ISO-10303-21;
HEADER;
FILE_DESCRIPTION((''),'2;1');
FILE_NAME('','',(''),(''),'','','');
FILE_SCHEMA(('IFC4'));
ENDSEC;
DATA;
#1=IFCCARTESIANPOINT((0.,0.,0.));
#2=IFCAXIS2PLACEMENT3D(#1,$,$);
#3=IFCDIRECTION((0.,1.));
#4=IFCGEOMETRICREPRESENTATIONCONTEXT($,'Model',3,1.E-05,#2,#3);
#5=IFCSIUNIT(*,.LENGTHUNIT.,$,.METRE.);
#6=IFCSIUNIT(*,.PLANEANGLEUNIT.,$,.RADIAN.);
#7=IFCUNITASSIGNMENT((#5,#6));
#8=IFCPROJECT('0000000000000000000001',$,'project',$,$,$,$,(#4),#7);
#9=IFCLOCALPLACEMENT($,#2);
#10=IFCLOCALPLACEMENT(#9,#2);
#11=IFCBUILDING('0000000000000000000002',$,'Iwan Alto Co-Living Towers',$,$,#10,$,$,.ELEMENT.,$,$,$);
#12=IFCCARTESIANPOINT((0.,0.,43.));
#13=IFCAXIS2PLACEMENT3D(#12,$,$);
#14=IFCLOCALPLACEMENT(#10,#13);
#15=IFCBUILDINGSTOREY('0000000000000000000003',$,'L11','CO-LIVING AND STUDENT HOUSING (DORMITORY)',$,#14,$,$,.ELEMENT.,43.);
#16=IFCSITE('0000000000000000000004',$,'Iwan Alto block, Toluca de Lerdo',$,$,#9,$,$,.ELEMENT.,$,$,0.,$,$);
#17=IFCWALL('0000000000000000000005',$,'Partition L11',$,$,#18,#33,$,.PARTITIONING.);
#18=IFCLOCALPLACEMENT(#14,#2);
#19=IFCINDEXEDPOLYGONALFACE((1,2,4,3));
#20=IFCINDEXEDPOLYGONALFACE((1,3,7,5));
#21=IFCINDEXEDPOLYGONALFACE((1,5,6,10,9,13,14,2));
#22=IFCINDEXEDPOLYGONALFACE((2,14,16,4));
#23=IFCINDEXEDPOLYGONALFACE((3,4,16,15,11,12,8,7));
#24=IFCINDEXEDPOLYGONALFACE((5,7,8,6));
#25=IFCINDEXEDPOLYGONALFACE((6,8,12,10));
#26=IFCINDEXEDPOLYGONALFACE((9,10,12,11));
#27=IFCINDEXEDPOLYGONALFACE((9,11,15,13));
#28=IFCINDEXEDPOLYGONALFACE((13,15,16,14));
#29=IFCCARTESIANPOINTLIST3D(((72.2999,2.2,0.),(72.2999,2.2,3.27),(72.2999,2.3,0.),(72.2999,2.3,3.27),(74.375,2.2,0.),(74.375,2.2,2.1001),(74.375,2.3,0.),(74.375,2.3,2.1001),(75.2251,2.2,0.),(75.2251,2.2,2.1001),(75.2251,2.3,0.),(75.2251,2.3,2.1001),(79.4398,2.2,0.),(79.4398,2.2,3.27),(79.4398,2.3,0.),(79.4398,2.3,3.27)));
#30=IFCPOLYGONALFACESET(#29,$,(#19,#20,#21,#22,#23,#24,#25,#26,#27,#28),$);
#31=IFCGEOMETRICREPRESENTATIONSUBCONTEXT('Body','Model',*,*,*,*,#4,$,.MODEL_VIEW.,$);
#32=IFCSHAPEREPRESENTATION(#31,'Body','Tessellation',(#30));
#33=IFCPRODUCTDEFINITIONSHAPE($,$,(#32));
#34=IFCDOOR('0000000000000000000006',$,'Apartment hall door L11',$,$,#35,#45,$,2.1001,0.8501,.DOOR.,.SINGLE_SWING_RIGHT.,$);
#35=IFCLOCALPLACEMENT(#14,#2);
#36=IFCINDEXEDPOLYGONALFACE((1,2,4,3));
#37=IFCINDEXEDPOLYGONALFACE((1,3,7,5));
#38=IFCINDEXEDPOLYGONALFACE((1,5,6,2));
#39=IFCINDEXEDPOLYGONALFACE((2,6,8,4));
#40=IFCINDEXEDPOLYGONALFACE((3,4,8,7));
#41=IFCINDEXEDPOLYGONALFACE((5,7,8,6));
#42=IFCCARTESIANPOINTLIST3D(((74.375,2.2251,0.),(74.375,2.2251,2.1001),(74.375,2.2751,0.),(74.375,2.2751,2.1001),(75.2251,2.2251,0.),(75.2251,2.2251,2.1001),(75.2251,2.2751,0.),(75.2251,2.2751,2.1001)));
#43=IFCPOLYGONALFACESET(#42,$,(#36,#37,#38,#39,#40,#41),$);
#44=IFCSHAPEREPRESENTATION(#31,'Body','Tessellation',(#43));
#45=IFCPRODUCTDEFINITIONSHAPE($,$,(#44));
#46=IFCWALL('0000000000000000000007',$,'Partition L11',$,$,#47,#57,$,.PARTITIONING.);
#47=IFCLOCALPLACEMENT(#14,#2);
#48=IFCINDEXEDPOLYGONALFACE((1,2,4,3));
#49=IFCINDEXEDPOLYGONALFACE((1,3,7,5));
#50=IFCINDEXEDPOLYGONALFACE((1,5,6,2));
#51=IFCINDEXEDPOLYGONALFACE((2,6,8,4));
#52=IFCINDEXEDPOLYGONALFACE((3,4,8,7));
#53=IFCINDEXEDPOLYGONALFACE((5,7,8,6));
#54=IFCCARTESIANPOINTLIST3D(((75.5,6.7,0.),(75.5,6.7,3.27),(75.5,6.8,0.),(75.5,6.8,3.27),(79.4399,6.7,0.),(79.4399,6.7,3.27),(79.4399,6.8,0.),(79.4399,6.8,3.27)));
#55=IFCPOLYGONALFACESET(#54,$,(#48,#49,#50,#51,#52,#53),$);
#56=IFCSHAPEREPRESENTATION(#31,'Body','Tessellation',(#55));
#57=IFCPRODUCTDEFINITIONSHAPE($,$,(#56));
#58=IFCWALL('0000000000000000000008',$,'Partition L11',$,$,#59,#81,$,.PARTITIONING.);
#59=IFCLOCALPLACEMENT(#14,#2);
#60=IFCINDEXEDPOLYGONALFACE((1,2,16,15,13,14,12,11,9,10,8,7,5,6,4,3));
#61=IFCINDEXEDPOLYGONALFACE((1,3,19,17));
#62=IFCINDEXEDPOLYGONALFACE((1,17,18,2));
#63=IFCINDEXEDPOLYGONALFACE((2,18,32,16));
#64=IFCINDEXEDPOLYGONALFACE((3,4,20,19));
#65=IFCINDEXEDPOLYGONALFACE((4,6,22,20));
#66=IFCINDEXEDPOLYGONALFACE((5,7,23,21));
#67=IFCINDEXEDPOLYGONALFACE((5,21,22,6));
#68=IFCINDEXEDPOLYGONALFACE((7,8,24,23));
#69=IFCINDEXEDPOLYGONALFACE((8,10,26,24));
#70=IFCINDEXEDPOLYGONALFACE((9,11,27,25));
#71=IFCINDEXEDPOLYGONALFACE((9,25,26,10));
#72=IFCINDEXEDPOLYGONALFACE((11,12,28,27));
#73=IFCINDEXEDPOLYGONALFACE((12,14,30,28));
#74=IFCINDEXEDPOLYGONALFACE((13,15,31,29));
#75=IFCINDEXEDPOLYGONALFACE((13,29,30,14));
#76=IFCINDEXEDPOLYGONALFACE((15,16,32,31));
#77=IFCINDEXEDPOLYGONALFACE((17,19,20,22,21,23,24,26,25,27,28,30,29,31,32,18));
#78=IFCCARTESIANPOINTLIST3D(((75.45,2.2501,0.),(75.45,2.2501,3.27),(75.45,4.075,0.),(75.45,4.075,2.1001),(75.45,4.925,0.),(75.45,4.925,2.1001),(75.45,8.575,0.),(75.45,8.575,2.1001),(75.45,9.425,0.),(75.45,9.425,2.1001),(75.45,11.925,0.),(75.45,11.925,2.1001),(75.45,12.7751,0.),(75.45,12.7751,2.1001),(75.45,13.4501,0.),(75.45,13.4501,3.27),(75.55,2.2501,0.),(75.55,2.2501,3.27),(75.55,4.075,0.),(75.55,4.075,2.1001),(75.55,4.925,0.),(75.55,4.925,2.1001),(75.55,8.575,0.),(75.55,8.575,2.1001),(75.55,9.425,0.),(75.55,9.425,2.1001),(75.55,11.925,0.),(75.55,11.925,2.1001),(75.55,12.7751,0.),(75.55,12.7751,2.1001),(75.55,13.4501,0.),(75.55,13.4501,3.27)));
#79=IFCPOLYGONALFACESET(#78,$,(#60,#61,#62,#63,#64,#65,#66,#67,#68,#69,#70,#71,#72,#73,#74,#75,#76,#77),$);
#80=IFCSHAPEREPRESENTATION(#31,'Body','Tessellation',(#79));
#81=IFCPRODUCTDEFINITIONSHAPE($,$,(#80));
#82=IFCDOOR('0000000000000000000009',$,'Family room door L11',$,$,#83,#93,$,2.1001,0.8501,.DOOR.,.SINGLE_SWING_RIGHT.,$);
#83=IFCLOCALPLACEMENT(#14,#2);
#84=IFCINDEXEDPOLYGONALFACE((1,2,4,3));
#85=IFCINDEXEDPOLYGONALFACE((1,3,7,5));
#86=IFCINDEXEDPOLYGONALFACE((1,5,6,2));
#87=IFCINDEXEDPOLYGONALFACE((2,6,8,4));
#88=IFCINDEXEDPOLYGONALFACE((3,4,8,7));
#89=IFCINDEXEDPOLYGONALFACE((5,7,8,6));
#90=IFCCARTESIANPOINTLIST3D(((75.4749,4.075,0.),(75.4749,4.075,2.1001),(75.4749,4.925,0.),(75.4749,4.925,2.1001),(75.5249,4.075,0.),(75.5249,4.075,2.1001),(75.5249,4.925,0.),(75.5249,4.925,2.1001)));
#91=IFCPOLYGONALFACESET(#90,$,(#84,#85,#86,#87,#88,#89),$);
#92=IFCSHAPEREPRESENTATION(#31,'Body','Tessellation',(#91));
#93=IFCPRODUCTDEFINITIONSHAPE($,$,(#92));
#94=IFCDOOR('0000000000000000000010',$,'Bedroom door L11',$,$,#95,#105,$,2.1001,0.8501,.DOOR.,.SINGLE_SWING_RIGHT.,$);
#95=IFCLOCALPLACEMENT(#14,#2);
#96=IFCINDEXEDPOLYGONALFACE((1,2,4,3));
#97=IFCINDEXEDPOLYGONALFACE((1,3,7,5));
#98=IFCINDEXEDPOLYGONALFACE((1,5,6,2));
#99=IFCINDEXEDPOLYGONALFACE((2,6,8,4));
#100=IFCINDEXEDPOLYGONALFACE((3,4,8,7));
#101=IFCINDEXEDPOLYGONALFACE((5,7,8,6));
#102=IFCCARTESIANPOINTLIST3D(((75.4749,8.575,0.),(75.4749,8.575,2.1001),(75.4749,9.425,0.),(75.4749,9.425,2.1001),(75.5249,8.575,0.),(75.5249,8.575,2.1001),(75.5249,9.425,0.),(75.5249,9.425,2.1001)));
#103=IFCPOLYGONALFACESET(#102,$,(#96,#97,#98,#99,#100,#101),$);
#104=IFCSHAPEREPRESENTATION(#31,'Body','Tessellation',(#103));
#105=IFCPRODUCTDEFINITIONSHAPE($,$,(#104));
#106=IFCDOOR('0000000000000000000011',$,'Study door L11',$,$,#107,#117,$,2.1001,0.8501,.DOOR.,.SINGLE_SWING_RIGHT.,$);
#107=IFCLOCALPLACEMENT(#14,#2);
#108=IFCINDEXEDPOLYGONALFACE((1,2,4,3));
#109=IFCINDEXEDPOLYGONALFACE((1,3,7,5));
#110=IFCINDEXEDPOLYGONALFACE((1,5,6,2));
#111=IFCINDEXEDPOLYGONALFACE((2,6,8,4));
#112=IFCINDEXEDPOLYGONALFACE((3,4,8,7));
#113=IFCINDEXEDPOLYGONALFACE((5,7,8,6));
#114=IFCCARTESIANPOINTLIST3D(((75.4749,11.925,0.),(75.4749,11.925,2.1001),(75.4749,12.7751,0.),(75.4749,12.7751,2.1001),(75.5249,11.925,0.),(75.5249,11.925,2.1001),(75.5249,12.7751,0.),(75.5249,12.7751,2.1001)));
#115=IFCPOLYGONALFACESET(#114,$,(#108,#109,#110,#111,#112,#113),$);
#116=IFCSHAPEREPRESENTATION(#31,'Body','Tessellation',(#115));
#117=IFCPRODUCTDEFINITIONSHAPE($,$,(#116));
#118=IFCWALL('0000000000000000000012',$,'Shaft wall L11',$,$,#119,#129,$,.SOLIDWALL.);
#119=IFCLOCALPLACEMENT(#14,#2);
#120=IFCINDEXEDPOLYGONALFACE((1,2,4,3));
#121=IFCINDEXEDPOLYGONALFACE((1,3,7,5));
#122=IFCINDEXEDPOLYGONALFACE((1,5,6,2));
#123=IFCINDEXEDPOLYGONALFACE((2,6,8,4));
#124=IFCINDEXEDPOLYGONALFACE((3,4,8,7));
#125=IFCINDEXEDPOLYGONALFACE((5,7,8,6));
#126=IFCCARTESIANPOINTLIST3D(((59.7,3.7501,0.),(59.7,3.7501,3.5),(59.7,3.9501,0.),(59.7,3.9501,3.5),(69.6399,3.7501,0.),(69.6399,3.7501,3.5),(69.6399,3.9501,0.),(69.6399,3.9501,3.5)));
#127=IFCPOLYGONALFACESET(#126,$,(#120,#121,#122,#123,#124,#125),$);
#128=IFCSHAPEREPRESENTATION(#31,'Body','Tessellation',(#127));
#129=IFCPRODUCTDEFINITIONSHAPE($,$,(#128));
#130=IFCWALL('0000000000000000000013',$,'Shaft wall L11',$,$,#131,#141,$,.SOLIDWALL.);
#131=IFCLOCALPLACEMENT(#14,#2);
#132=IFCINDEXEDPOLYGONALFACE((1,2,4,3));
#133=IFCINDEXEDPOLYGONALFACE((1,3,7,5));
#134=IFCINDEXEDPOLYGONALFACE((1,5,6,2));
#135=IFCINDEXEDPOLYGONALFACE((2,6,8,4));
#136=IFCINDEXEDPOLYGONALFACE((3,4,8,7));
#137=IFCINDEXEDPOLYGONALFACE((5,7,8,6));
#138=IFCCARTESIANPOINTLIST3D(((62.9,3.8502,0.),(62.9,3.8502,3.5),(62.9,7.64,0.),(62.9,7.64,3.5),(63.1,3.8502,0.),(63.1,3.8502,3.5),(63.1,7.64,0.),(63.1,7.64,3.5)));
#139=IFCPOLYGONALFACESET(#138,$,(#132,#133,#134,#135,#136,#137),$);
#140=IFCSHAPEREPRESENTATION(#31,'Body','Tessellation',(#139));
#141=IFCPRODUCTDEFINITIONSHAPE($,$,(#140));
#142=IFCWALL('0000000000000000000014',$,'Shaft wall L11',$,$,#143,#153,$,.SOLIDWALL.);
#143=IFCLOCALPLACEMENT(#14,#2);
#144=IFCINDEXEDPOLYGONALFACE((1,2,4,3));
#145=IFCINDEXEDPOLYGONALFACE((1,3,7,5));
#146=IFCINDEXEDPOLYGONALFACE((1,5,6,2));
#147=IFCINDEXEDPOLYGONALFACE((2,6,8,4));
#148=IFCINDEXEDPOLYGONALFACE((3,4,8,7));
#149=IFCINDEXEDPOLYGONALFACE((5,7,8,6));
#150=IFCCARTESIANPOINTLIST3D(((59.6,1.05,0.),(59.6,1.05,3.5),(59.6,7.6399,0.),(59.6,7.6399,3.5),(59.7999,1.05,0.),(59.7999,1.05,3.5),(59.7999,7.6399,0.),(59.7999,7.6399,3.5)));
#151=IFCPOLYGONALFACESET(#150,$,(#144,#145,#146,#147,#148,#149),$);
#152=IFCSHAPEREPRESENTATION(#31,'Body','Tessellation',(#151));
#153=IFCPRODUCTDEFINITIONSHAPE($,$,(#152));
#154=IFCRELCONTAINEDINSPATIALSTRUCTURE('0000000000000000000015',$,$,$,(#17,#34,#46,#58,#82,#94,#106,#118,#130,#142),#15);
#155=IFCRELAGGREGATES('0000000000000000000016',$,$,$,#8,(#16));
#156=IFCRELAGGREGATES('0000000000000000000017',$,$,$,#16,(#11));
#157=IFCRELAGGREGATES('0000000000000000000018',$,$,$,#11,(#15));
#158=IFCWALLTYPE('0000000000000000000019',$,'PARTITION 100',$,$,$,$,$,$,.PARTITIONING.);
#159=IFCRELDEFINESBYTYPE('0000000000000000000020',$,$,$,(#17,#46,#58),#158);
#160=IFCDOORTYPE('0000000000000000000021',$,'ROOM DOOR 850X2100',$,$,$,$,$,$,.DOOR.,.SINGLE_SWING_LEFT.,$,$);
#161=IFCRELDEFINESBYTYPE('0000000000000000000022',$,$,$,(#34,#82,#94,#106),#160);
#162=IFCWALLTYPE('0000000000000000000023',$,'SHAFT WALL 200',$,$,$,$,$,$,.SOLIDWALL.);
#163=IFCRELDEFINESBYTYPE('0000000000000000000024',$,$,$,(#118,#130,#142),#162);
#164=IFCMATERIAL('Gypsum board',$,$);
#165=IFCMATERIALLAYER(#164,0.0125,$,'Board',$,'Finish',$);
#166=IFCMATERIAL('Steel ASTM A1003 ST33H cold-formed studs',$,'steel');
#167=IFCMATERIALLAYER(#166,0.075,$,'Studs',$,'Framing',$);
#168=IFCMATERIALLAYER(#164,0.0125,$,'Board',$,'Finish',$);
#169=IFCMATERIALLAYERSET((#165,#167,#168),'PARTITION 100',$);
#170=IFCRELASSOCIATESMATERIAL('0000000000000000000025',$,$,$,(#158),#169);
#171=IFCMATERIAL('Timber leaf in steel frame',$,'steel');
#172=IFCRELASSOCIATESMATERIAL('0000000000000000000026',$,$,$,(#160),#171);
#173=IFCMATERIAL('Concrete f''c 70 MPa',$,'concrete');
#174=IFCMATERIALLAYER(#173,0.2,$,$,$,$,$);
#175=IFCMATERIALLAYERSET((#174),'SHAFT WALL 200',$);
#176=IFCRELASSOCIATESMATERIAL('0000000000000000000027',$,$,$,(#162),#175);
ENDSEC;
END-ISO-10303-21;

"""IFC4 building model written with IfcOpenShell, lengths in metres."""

from ifc_helpers import new_model, si_unit, direction, frame, frame_2d, origin, place, context, subcontext, project, spatial, rectangle, extrude, material, layer, layer_set, type_object, element, fill, save


model = new_model("IFC4")

# Units and contexts
model_context = context("Model", 3, precision=1e-05, world=origin(), true_north=direction((0.0, 1.0)))
body_context = subcontext(model_context, "Body", "Model", "MODEL_VIEW")
ifc_project = project(units=[si_unit("LENGTHUNIT", "METRE"), si_unit("PLANEANGLEUNIT", "RADIAN")], contexts=[model_context])

# Site, building, storey
site_placement = place(None, origin())
site = spatial("IfcSite", under=ifc_project, at=site_placement, Name="Iwan Alto block, Toluca de Lerdo", CompositionType="ELEMENT", RefElevation=0.0)
building_placement = place(site_placement, origin())
building = spatial("IfcBuilding", under=site, at=building_placement, Name="Iwan Alto Co-Living Towers", CompositionType="ELEMENT")
storey_placement = place(building_placement, frame((0.0, 0.0, 43.0)))
storey = spatial("IfcBuildingStorey", under=building, at=storey_placement, Name="L11", Description="CO-LIVING AND STUDENT HOUSING (DORMITORY)", CompositionType="ELEMENT", Elevation=43.0)

# Wall, opening, door
ifc_material_1 = material(Name="Gypsum board")
ifc_layer_1 = layer(ifc_material_1, 0.0125, Name="Board", Category="Finish")
ifc_material_2 = material(Name="Steel ASTM A1003 ST33H cold-formed studs", Category="steel")
ifc_layer_2 = layer(ifc_material_2, 0.075, Name="Studs", Category="Framing")
ifc_layer_3 = layer(ifc_material_1, 0.0125, Name="Board", Category="Finish")
ifc_layer_set_1 = layer_set([ifc_layer_1, ifc_layer_2, ifc_layer_3], Name="PARTITION 100")
wall_type_1 = type_object("IfcWallType", Name="PARTITION 100", PredefinedType="PARTITIONING", material=ifc_layer_set_1)
wall_1_placement = place(storey_placement, frame((72.3, 2.25, 0.0), z_axis=(0.0, 0.0, 1.0), x_axis=(1.0, 0.0, 0.0)))
wall_1 = element("IfcWall", 1, at=wall_1_placement, inside=storey, type_object=wall_type_1, Name="Partition L11", PredefinedType="PARTITIONING", context=body_context, shape_type="SweptSolid", body=[
    extrude(rectangle(XDim=7.1399, YDim=0.1001, at=frame_2d((3.5698, 0.0))), origin(), (0.0, 0.0, 1.0), 3.27),
])
opening_1_placement = place(wall_1_placement, frame((2.075, 0.0, 0.0)))
opening_1 = element("IfcOpeningElement", 2, at=opening_1_placement, cuts=wall_1, PredefinedType="OPENING", context=body_context, shape_type="SweptSolid", body=[
    extrude(rectangle(XDim=0.8501, YDim=2.1001, at=frame_2d((0.425, 1.05))), frame((0.0, 0.0601, 0.0), z_axis=(0.0, -1.0, 0.0), x_axis=(1.0, 0.0, 0.0)), (0.0, 0.0, 1.0), 0.1201),
])
ifc_material_3 = material(Name="Timber leaf in steel frame", Category="steel")
door_type_1 = type_object("IfcDoorType", Name="ROOM DOOR 850X2100", OperationType="SINGLE_SWING_LEFT", PredefinedType="DOOR", material=ifc_material_3)
door_1_placement = place(opening_1_placement, frame((0.8501, 0.0, 0.0), z_axis=(0.0, 0.0, 1.0), x_axis=(-1.0, 0.0, 0.0)))
door_1 = element("IfcDoor", 3, at=door_1_placement, inside=storey, type_object=door_type_1, Name="Apartment hall door L11", OperationType="SINGLE_SWING_RIGHT", OverallHeight=2.1001, OverallWidth=0.8501, PredefinedType="DOOR", context=body_context, shape_type="SweptSolid", body=[
    extrude(rectangle(XDim=0.8501, YDim=2.1001, at=frame_2d((0.425, 1.05))), frame((0.0, 0.0249, 0.0), z_axis=(0.0, -1.0, 0.0), x_axis=(1.0, 0.0, 0.0)), (0.0, 0.0, 1.0), 0.05),
])
fill(opening_1, door_1)

# Wall
wall_2_placement = place(storey_placement, frame((75.5, 6.75, 0.0), z_axis=(0.0, 0.0, 1.0), x_axis=(1.0, 0.0, 0.0)))
element("IfcWall", 4, at=wall_2_placement, inside=storey, type_object=wall_type_1, Name="Partition L11", PredefinedType="PARTITIONING", context=body_context, shape_type="SweptSolid", body=[
    extrude(rectangle(XDim=3.9399, YDim=0.1001, at=frame_2d((1.97, 0.0))), origin(), (0.0, 0.0, 1.0), 3.27),
])

# Wall, openings, doors
wall_3_placement = place(storey_placement, frame((75.5, 2.25, 0.0), z_axis=(0.0, 0.0, 1.0), x_axis=(0.0, 1.0, 0.0)))
wall_3 = element("IfcWall", 5, at=wall_3_placement, inside=storey, type_object=wall_type_1, Name="Partition L11", PredefinedType="PARTITIONING", context=body_context, shape_type="SweptSolid", body=[
    extrude(rectangle(XDim=11.2, YDim=0.1001, at=frame_2d((5.6001, 0.0))), origin(), (0.0, 0.0, 1.0), 3.27),
])
opening_2_placement = place(wall_3_placement, frame((1.825, 0.0, 0.0)))
opening_2 = element("IfcOpeningElement", 6, at=opening_2_placement, cuts=wall_3, PredefinedType="OPENING", context=body_context, shape_type="SweptSolid", body=[
    extrude(rectangle(XDim=0.8501, YDim=2.1001, at=frame_2d((0.425, 1.05))), frame((0.0, 0.0601, 0.0), z_axis=(0.0, -1.0, 0.0), x_axis=(1.0, 0.0, 0.0)), (0.0, 0.0, 1.0), 0.1201),
])
opening_3_placement = place(wall_3_placement, frame((6.325, 0.0, 0.0)))
opening_3 = element("IfcOpeningElement", 7, at=opening_3_placement, cuts=wall_3, PredefinedType="OPENING", context=body_context, shape_type="SweptSolid", body=[
    extrude(rectangle(XDim=0.8501, YDim=2.1001, at=frame_2d((0.425, 1.05))), frame((0.0, 0.0601, 0.0), z_axis=(0.0, -1.0, 0.0), x_axis=(1.0, 0.0, 0.0)), (0.0, 0.0, 1.0), 0.1201),
])
opening_4_placement = place(wall_3_placement, frame((9.675, 0.0, 0.0)))
opening_4 = element("IfcOpeningElement", 8, at=opening_4_placement, cuts=wall_3, PredefinedType="OPENING", context=body_context, shape_type="SweptSolid", body=[
    extrude(rectangle(XDim=0.8501, YDim=2.1001, at=frame_2d((0.425, 1.05))), frame((0.0, 0.0601, 0.0), z_axis=(0.0, -1.0, 0.0), x_axis=(1.0, 0.0, 0.0)), (0.0, 0.0, 1.0), 0.1201),
])
door_2_placement = place(opening_2_placement, frame((0.8501, 0.0, 0.0), z_axis=(0.0, 0.0, 1.0), x_axis=(-1.0, 0.0, 0.0)))
door_2 = element("IfcDoor", 9, at=door_2_placement, inside=storey, type_object=door_type_1, Name="Family room door L11", OperationType="SINGLE_SWING_RIGHT", OverallHeight=2.1001, OverallWidth=0.8501, PredefinedType="DOOR", context=body_context, shape_type="SweptSolid", body=[
    extrude(rectangle(XDim=0.8501, YDim=2.1001, at=frame_2d((0.425, 1.05))), frame((0.0, 0.0249, 0.0), z_axis=(0.0, -1.0, 0.0), x_axis=(1.0, 0.0, 0.0)), (0.0, 0.0, 1.0), 0.05),
])
fill(opening_2, door_2)
door_3_placement = place(opening_3_placement, frame((0.8501, 0.0, 0.0), z_axis=(0.0, 0.0, 1.0), x_axis=(-1.0, 0.0, 0.0)))
door_3 = element("IfcDoor", 10, at=door_3_placement, inside=storey, type_object=door_type_1, Name="Bedroom door L11", OperationType="SINGLE_SWING_RIGHT", OverallHeight=2.1001, OverallWidth=0.8501, PredefinedType="DOOR", context=body_context, shape_type="SweptSolid", body=[
    extrude(rectangle(XDim=0.8501, YDim=2.1001, at=frame_2d((0.425, 1.05))), frame((0.0, 0.0249, 0.0), z_axis=(0.0, -1.0, 0.0), x_axis=(1.0, 0.0, 0.0)), (0.0, 0.0, 1.0), 0.05),
])
fill(opening_3, door_3)
door_4_placement = place(opening_4_placement, frame((0.8501, 0.0, 0.0), z_axis=(0.0, 0.0, 1.0), x_axis=(-1.0, 0.0, 0.0)))
door_4 = element("IfcDoor", 11, at=door_4_placement, inside=storey, type_object=door_type_1, Name="Study door L11", OperationType="SINGLE_SWING_RIGHT", OverallHeight=2.1001, OverallWidth=0.8501, PredefinedType="DOOR", context=body_context, shape_type="SweptSolid", body=[
    extrude(rectangle(XDim=0.8501, YDim=2.1001, at=frame_2d((0.425, 1.05))), frame((0.0, 0.0249, 0.0), z_axis=(0.0, -1.0, 0.0), x_axis=(1.0, 0.0, 0.0)), (0.0, 0.0, 1.0), 0.05),
])
fill(opening_4, door_4)

# Walls
ifc_material_4 = material(Name="Concrete f'c 70 MPa", Category="concrete")
ifc_layer_4 = layer(ifc_material_4, 0.2)
ifc_layer_set_2 = layer_set([ifc_layer_4], Name="SHAFT WALL 200")
wall_type_2 = type_object("IfcWallType", Name="SHAFT WALL 200", PredefinedType="SOLIDWALL", material=ifc_layer_set_2)
wall_4_placement = place(storey_placement, frame((59.7, 3.8501, 0.0), z_axis=(0.0, 0.0, 1.0), x_axis=(1.0, 0.0, 0.0)))
element("IfcWall", 12, at=wall_4_placement, inside=storey, type_object=wall_type_2, Name="Shaft wall L11", PredefinedType="SOLIDWALL", context=body_context, shape_type="SweptSolid", body=[
    extrude(rectangle(XDim=9.9399, YDim=0.2, at=frame_2d((4.97, 0.0))), origin(), (0.0, 0.0, 1.0), 3.5),
])
wall_5_placement = place(storey_placement, frame((63.0, 3.8501, 0.0), z_axis=(0.0, 0.0, 1.0), x_axis=(0.0, 1.0, 0.0)))
element("IfcWall", 13, at=wall_5_placement, inside=storey, type_object=wall_type_2, Name="Shaft wall L11", PredefinedType="SOLIDWALL", context=body_context, shape_type="SweptSolid", body=[
    extrude(rectangle(XDim=3.7898, YDim=0.2, at=frame_2d((1.895, 0.0))), origin(), (0.0, 0.0, 1.0), 3.5),
])
wall_6_placement = place(storey_placement, frame((59.7, 1.05, 0.0), z_axis=(0.0, 0.0, 1.0), x_axis=(0.0, 1.0, 0.0)))
element("IfcWall", 14, at=wall_6_placement, inside=storey, type_object=wall_type_2, Name="Shaft wall L11", PredefinedType="SOLIDWALL", context=body_context, shape_type="SweptSolid", body=[
    extrude(rectangle(XDim=6.5898, YDim=0.2, at=frame_2d((3.2949, 0.0))), origin(), (0.0, 0.0, 1.0), 3.5),
])

save(model, "model.ifc")
